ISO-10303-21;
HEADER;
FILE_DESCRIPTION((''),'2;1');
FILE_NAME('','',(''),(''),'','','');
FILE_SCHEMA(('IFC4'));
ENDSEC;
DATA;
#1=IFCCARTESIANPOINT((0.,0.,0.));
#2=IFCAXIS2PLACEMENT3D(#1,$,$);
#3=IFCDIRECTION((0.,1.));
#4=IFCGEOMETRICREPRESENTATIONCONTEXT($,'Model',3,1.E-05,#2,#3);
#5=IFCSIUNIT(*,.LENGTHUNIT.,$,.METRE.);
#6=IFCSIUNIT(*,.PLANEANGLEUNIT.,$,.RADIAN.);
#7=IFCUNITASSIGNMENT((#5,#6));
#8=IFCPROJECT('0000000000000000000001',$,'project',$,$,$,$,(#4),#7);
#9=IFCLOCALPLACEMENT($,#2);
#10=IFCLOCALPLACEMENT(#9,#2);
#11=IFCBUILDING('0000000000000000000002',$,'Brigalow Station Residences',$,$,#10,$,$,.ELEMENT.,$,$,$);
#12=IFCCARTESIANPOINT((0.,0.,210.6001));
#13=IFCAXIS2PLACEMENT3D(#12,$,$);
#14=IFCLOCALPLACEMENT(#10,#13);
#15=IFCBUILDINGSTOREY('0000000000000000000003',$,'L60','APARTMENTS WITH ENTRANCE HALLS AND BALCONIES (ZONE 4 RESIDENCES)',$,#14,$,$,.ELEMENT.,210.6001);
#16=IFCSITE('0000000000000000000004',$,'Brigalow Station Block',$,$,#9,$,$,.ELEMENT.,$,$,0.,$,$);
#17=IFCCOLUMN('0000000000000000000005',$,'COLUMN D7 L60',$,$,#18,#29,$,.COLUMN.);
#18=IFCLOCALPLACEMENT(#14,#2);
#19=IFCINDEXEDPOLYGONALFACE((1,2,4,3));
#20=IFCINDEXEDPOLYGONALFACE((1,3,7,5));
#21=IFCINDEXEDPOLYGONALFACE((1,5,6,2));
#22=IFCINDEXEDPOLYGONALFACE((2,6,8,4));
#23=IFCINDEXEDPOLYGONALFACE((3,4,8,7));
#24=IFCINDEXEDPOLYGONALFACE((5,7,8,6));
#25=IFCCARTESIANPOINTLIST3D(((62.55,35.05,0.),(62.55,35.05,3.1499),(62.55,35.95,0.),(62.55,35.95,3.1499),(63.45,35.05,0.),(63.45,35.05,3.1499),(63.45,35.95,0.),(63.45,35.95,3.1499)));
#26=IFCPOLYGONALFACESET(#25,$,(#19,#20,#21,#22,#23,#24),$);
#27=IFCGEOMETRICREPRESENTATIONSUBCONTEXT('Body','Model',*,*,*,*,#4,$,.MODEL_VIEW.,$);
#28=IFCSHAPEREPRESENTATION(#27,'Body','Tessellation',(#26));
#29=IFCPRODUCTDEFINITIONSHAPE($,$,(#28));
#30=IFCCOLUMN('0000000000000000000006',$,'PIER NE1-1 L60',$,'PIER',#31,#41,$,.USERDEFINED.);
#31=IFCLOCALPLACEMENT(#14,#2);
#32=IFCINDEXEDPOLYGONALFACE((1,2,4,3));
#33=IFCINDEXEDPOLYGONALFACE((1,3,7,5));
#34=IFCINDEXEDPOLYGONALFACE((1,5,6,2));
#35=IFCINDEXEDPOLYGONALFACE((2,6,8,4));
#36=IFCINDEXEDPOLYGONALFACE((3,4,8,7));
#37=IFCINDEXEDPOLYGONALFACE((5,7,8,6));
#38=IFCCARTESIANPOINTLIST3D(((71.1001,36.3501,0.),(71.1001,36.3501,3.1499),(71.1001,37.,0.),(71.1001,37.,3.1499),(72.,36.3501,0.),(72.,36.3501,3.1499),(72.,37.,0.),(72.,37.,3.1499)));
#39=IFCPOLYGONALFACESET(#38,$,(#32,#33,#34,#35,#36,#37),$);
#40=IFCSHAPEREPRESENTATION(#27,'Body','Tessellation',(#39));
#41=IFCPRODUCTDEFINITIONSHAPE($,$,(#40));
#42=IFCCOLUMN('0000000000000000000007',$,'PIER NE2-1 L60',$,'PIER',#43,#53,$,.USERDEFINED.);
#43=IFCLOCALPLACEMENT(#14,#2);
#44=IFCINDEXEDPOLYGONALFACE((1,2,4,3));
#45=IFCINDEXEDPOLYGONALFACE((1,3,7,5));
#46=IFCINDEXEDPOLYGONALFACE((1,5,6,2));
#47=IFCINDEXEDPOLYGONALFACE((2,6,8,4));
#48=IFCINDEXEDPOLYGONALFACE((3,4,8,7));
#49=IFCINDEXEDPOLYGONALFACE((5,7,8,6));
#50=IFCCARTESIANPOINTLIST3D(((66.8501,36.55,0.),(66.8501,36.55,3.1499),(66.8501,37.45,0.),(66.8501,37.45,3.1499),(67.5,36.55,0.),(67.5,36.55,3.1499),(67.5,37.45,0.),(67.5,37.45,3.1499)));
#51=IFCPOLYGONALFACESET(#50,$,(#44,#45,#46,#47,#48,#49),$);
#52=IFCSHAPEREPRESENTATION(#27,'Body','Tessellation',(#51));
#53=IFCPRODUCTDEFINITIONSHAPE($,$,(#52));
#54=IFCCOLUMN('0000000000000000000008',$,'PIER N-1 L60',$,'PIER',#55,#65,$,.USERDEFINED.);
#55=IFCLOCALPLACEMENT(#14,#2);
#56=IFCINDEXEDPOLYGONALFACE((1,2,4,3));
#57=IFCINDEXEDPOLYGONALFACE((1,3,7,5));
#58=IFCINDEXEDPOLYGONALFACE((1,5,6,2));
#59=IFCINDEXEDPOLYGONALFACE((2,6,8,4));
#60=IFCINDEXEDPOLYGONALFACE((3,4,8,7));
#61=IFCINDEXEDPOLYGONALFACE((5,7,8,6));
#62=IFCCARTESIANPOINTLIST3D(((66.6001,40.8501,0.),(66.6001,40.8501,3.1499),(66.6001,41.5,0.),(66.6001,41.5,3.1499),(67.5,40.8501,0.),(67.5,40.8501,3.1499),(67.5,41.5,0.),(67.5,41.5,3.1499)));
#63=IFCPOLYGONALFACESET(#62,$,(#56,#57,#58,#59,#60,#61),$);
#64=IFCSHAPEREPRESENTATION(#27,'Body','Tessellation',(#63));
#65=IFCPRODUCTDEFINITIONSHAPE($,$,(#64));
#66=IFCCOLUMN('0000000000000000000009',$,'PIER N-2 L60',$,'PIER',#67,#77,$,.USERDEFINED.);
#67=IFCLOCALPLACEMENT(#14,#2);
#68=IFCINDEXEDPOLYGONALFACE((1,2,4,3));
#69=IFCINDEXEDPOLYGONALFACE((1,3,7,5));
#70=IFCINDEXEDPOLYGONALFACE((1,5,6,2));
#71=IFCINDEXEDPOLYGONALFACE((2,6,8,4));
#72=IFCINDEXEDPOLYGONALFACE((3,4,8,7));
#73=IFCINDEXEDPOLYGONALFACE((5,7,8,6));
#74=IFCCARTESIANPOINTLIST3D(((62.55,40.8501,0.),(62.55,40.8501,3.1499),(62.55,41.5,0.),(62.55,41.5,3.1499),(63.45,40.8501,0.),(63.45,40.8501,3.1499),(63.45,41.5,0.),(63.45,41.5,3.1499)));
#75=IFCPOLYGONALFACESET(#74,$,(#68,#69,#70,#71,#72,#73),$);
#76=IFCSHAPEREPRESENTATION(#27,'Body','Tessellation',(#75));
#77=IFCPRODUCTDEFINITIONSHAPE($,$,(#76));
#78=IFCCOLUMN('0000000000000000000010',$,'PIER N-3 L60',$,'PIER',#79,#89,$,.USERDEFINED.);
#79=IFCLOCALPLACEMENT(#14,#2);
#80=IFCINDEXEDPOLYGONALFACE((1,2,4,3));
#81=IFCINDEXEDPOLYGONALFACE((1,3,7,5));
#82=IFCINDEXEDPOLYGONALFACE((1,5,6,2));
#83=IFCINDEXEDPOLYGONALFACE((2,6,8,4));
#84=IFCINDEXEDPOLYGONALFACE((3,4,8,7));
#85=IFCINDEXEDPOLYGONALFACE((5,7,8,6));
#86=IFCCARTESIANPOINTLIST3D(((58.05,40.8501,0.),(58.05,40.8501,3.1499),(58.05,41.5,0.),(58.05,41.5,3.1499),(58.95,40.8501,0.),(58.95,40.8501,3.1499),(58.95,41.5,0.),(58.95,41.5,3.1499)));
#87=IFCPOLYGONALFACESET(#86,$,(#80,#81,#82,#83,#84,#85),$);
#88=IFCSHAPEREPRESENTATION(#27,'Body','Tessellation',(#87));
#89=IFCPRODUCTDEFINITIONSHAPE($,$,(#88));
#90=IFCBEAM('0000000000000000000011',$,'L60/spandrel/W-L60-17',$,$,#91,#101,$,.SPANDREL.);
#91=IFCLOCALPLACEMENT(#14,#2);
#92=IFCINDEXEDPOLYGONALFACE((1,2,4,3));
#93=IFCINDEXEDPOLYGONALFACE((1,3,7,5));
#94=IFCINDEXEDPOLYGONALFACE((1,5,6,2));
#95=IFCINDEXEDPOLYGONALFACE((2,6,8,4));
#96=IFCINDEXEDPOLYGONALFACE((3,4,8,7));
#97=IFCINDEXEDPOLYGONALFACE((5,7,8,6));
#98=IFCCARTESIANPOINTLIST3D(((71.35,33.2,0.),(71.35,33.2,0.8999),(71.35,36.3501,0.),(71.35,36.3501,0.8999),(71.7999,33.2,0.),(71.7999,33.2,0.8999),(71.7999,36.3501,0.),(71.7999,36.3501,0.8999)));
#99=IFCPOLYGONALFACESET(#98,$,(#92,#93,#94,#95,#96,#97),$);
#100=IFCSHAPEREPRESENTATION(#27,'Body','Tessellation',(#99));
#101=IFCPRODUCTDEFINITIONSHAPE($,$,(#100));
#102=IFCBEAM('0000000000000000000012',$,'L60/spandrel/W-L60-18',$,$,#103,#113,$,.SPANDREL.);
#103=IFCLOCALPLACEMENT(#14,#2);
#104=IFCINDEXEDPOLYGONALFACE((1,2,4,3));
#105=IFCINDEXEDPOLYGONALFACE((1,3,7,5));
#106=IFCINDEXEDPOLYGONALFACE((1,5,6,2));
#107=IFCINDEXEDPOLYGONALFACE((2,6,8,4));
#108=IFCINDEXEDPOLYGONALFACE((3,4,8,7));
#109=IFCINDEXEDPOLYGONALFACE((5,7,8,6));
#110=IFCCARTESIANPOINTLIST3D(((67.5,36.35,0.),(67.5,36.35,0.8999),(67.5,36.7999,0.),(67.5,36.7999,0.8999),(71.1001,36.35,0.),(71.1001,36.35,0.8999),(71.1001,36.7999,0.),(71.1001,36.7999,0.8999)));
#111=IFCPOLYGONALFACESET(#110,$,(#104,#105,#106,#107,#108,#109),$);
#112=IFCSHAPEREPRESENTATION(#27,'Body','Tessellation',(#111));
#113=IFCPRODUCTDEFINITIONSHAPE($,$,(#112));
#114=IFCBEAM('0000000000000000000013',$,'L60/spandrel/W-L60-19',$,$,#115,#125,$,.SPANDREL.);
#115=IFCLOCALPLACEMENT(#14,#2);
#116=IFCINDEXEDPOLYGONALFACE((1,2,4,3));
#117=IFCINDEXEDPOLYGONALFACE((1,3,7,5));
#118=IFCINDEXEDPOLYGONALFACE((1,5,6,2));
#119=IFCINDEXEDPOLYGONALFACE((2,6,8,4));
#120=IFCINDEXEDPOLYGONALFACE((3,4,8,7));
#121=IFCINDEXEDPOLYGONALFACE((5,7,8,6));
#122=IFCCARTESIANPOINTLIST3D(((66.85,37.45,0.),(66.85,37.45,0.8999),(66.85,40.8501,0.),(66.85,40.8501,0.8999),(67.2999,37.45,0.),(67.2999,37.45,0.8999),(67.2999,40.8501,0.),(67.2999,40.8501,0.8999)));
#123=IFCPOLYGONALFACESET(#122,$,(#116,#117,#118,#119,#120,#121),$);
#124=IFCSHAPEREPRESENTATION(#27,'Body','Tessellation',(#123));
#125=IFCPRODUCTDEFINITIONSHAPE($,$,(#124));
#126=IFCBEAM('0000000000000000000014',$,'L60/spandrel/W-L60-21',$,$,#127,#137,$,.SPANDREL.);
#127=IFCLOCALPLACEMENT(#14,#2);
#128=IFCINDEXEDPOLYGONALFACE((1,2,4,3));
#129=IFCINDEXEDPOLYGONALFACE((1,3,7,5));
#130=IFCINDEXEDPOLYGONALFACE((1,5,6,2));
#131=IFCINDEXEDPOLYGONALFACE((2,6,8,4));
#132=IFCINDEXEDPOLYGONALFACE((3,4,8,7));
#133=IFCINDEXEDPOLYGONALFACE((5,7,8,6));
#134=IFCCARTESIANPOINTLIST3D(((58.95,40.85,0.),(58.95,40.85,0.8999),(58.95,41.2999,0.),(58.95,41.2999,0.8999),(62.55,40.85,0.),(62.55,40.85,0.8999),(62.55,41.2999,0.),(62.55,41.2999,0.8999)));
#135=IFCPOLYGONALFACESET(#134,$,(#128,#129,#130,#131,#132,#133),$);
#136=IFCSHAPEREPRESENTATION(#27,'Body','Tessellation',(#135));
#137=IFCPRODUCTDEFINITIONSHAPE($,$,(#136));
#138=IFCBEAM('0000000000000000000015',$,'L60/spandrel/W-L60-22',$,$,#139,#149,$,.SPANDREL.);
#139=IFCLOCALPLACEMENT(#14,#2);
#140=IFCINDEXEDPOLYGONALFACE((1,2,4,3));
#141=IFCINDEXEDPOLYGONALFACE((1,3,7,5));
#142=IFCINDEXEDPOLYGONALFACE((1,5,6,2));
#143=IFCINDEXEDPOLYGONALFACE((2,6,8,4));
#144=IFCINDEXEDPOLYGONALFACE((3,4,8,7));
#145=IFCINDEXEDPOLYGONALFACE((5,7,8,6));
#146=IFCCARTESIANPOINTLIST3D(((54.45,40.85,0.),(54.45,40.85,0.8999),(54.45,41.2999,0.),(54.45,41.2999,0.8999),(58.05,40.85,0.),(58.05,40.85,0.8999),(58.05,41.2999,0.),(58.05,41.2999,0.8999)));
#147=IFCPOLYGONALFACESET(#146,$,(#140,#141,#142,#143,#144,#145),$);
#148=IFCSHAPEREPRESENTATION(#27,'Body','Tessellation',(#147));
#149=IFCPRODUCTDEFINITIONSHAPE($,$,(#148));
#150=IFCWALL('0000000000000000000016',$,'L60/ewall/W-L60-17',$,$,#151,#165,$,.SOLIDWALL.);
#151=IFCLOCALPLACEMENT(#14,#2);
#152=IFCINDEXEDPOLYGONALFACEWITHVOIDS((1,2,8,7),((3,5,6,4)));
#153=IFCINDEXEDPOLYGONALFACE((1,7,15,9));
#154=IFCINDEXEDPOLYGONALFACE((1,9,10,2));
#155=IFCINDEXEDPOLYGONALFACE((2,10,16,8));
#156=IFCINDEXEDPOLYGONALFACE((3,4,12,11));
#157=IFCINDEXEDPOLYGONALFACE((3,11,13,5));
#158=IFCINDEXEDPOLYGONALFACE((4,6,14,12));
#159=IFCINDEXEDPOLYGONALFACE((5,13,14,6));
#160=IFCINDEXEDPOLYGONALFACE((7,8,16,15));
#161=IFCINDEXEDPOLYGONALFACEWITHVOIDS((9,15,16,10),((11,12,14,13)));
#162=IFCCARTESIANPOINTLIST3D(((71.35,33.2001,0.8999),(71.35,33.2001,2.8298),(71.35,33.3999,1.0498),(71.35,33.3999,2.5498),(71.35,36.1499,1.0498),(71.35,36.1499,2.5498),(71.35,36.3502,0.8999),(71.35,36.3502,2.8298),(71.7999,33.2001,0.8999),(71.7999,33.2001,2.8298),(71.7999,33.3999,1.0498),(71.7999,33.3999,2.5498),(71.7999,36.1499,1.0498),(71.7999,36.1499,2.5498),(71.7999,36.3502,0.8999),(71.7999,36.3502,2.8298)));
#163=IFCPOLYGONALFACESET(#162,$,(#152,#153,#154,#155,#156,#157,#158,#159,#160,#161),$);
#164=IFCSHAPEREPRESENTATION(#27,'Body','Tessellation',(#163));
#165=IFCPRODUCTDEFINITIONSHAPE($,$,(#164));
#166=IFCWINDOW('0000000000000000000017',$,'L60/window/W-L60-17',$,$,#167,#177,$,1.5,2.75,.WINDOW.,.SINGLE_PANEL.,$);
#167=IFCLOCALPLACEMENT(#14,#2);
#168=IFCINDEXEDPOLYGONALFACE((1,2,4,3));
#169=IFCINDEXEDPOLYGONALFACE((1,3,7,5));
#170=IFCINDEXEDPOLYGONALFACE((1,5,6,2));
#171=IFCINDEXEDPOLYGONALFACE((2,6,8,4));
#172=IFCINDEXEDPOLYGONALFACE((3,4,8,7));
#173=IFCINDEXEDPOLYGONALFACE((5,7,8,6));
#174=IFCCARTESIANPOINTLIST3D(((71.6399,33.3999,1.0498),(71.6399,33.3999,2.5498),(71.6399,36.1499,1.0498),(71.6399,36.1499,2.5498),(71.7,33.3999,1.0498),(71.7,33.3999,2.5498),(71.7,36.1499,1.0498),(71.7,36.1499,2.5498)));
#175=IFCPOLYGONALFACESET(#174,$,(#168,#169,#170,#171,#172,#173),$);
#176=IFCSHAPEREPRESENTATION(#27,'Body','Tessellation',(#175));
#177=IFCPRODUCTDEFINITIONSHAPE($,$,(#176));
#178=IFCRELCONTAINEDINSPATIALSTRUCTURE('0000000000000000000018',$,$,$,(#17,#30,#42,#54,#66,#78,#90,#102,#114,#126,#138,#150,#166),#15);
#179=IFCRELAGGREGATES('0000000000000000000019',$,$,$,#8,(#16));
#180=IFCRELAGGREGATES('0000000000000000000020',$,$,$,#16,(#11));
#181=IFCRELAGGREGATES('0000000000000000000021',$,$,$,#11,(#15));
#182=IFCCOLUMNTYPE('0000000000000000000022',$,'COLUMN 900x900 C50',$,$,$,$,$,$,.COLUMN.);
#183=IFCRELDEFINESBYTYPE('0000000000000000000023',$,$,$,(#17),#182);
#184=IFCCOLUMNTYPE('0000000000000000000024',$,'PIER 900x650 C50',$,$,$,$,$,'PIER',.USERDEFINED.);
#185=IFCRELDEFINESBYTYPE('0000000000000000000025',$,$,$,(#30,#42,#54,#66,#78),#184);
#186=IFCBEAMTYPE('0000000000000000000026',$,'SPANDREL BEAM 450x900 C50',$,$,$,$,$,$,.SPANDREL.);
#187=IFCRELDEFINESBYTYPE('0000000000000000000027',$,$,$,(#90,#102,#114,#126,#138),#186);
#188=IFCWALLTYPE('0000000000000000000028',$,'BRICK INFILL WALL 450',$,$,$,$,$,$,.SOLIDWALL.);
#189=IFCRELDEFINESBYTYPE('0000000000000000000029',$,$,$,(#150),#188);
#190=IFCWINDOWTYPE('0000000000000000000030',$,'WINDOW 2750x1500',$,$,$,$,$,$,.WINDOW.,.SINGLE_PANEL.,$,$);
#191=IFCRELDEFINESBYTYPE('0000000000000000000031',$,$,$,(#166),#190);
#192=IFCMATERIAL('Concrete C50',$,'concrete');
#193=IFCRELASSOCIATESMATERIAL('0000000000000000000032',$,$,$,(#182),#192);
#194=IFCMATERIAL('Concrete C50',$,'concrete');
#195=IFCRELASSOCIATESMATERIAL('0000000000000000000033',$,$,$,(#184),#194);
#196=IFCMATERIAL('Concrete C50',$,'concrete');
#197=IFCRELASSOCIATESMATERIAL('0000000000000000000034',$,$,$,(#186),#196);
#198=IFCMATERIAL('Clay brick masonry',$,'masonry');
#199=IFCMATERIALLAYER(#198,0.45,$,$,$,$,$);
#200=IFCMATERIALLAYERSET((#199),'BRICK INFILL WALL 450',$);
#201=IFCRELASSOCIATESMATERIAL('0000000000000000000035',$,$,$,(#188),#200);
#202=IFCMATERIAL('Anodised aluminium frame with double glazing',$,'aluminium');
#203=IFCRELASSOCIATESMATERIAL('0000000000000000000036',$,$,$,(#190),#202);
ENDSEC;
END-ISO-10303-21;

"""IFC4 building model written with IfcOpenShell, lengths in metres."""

from ifc_helpers import new_model, si_unit, direction, frame, frame_2d, origin, origin_2d, place, context, subcontext, project, spatial, rectangle, extrude, material, layer, layer_set, material_profile, profile_set, type_object, element, fill, save


model = new_model("IFC4")

# Units and contexts
model_context = context("Model", 3, precision=1e-05, world=origin(), true_north=direction((0.0, 1.0)))
body_context = subcontext(model_context, "Body", "Model", "MODEL_VIEW")
ifc_project = project(units=[si_unit("LENGTHUNIT", "METRE"), si_unit("PLANEANGLEUNIT", "RADIAN")], contexts=[model_context])

# Site, building, storey
site_placement = place(None, origin())
site = spatial("IfcSite", under=ifc_project, at=site_placement, Name="Brigalow Station Block", CompositionType="ELEMENT", RefElevation=0.0)
building_placement = place(site_placement, origin())
building = spatial("IfcBuilding", under=site, at=building_placement, Name="Brigalow Station Residences", CompositionType="ELEMENT")
storey_placement = place(building_placement, frame((0.0, 0.0, 210.6001)))
storey = spatial("IfcBuildingStorey", under=building, at=storey_placement, Name="L60", Description="APARTMENTS WITH ENTRANCE HALLS AND BALCONIES (ZONE 4 RESIDENCES)", CompositionType="ELEMENT", Elevation=210.6001)

# Columns
ifc_material_1 = material(Name="Concrete C50", Category="concrete")
ifc_material_profile_1 = material_profile(ifc_material_1, rectangle(XDim=0.8999, YDim=0.8999, at=origin_2d()), Name="RC900x900")
ifc_profile_set_1 = profile_set([ifc_material_profile_1], Name="Concrete C50")
column_type_1 = type_object("IfcColumnType", Name="COLUMN 900x900 C50", PredefinedType="COLUMN", material=ifc_profile_set_1)
column_placement = place(storey_placement, frame((63.0, 35.5, 0.0), z_axis=(0.0, 0.0, 1.0), x_axis=(1.0, 0.0, 0.0)))
element("IfcColumn", 1, at=column_placement, inside=storey, type_object=column_type_1, Name="COLUMN D7 L60", PredefinedType="COLUMN", context=body_context, shape_type="SweptSolid", body=[
    extrude(rectangle(XDim=0.8999, YDim=0.8999, at=origin_2d()), origin(), (0.0, 0.0, 1.0), 3.1499),
])
ifc_material_2 = material(Name="Concrete C50", Category="concrete")
ifc_material_profile_2 = material_profile(ifc_material_2, rectangle(XDim=0.8999, YDim=0.6499, at=origin_2d()), Name="RC900x650")
ifc_profile_set_2 = profile_set([ifc_material_profile_2], Name="Concrete C50")
column_type_2 = type_object("IfcColumnType", Name="PIER 900x650 C50", ElementType="PIER", PredefinedType="USERDEFINED", material=ifc_profile_set_2)
for number, where, z_axis, x_axis, name in (
    (2, (71.55, 36.675, 0.0), (0.0, 0.0, 1.0), (-1.0, 0.0, 0.0), "PIER NE1-1 L60"),
    (3, (67.175, 37.0, 0.0), (0.0, 0.0, 1.0), (0.0, 1.0, 0.0), "PIER NE2-1 L60"),
    (4, (67.05, 41.175, 0.0), (0.0, 0.0, 1.0), (-1.0, 0.0, 0.0), "PIER N-1 L60"),
    (5, (63.0, 41.175, 0.0), (0.0, 0.0, 1.0), (-1.0, 0.0, 0.0), "PIER N-2 L60"),
    (6, (58.5, 41.175, 0.0), (0.0, 0.0, 1.0), (-1.0, 0.0, 0.0), "PIER N-3 L60"),
):
    element("IfcColumn", number, at=place(storey_placement, frame(where, z_axis=z_axis, x_axis=x_axis)), inside=storey, type_object=column_type_2, Name=name, ObjectType="PIER", PredefinedType="USERDEFINED", context=body_context, shape_type="SweptSolid", body=[
        extrude(rectangle(XDim=0.8999, YDim=0.6499, at=origin_2d()), origin(), (0.0, 0.0, 1.0), 3.1499),
    ])

# Beams
ifc_material_3 = material(Name="Concrete C50", Category="concrete")
ifc_material_profile_3 = material_profile(ifc_material_3, rectangle(XDim=0.45, YDim=0.8999, at=origin_2d()), Name="RC450x900")
ifc_profile_set_3 = profile_set([ifc_material_profile_3], Name="Concrete C50")
beam_type = type_object("IfcBeamType", Name="SPANDREL BEAM 450x900 C50", PredefinedType="SPANDREL", material=ifc_profile_set_3)
beam_1_placement = place(storey_placement, frame((71.575, 33.2, 0.45), z_axis=(0.0, 1.0, 0.0), x_axis=(-1.0, 0.0, 0.0)))
element("IfcBeam", 7, at=beam_1_placement, inside=storey, type_object=beam_type, Name="L60/spandrel/W-L60-17", PredefinedType="SPANDREL", context=body_context, shape_type="SweptSolid", body=[
    extrude(rectangle(XDim=0.45, YDim=0.8999, at=origin_2d()), origin(), (0.0, 0.0, 1.0), 3.1501),
])
beam_2_placement = place(storey_placement, frame((71.1001, 36.575, 0.45), z_axis=(-1.0, 0.0, 0.0), x_axis=(0.0, -1.0, 0.0)))
element("IfcBeam", 8, at=beam_2_placement, inside=storey, type_object=beam_type, Name="L60/spandrel/W-L60-18", PredefinedType="SPANDREL", context=body_context, shape_type="SweptSolid", body=[
    extrude(rectangle(XDim=0.45, YDim=0.8999, at=origin_2d()), origin(), (0.0, 0.0, 1.0), 3.6001),
])
beam_3_placement = place(storey_placement, frame((67.075, 37.45, 0.45), z_axis=(0.0, 1.0, 0.0), x_axis=(-1.0, 0.0, 0.0)))
element("IfcBeam", 9, at=beam_3_placement, inside=storey, type_object=beam_type, Name="L60/spandrel/W-L60-19", PredefinedType="SPANDREL", context=body_context, shape_type="SweptSolid", body=[
    extrude(rectangle(XDim=0.45, YDim=0.8999, at=origin_2d()), origin(), (0.0, 0.0, 1.0), 3.4001),
])
for number, where, z_axis, x_axis, name in (
    (10, (62.55, 41.075, 0.45), (-1.0, 0.0, 0.0), (0.0, -1.0, 0.0), "L60/spandrel/W-L60-21"),
    (11, (58.05, 41.075, 0.45), (-1.0, 0.0, 0.0), (0.0, -1.0, 0.0), "L60/spandrel/W-L60-22"),
):
    element("IfcBeam", number, at=place(storey_placement, frame(where, z_axis=z_axis, x_axis=x_axis)), inside=storey, type_object=beam_type, Name=name, PredefinedType="SPANDREL", context=body_context, shape_type="SweptSolid", body=[
        extrude(rectangle(XDim=0.45, YDim=0.8999, at=origin_2d()), origin(), (0.0, 0.0, 1.0), 3.6001),
    ])

# Wall, opening, window
ifc_material_4 = material(Name="Clay brick masonry", Category="masonry")
ifc_layer_1 = layer(ifc_material_4, 0.45)
ifc_layer_set_1 = layer_set([ifc_layer_1], Name="BRICK INFILL WALL 450")
wall_type_1 = type_object("IfcWallType", Name="BRICK INFILL WALL 450", PredefinedType="SOLIDWALL", material=ifc_layer_set_1)
wall_1_placement = place(storey_placement, frame((71.575, 33.2, 0.8999), z_axis=(0.0, 0.0, 1.0), x_axis=(0.0, 1.0, 0.0)))
wall_1 = element("IfcWall", 12, at=wall_1_placement, inside=storey, type_object=wall_type_1, Name="L60/ewall/W-L60-17", PredefinedType="SOLIDWALL", context=body_context, shape_type="SweptSolid", body=[
    extrude(rectangle(XDim=3.1501, YDim=0.45, at=frame_2d((1.5752, 0.0))), origin(), (0.0, 0.0, 1.0), 1.9299),
])
opening_1_placement = place(wall_1_placement, frame((0.2, 0.0, 0.1499)))
opening_1 = element("IfcOpeningElement", 13, at=opening_1_placement, cuts=wall_1, PredefinedType="OPENING", context=body_context, shape_type="SweptSolid", body=[
    extrude(rectangle(XDim=2.75, YDim=1.5, at=frame_2d((1.375, 0.75))), frame((0.0, 0.2349, 0.0), z_axis=(0.0, -1.0, 0.0), x_axis=(1.0, 0.0, 0.0)), (0.0, 0.0, 1.0), 0.47),
])
ifc_material_5 = material(Name="Anodised aluminium frame with double glazing", Category="aluminium")
window_type_1 = type_object("IfcWindowType", Name="WINDOW 2750x1500", PartitioningType="SINGLE_PANEL", PredefinedType="WINDOW", material=ifc_material_5)
window_1_placement = place(opening_1_placement, origin())
window_1 = element("IfcWindow", 14, at=window_1_placement, inside=storey, type_object=window_type_1, Name="L60/window/W-L60-17", OverallHeight=1.5, OverallWidth=2.75, PartitioningType="SINGLE_PANEL", PredefinedType="WINDOW", context=body_context, shape_type="SweptSolid", body=[
    extrude(rectangle(XDim=2.75, YDim=1.5, at=frame_2d((1.375, 0.75))), frame((0.0, -0.0649, 0.0), z_axis=(0.0, -1.0, 0.0), x_axis=(1.0, 0.0, 0.0)), (0.0, 0.0, 1.0), 0.0601),
])
fill(opening_1, window_1)

save(model, "model.ifc")
